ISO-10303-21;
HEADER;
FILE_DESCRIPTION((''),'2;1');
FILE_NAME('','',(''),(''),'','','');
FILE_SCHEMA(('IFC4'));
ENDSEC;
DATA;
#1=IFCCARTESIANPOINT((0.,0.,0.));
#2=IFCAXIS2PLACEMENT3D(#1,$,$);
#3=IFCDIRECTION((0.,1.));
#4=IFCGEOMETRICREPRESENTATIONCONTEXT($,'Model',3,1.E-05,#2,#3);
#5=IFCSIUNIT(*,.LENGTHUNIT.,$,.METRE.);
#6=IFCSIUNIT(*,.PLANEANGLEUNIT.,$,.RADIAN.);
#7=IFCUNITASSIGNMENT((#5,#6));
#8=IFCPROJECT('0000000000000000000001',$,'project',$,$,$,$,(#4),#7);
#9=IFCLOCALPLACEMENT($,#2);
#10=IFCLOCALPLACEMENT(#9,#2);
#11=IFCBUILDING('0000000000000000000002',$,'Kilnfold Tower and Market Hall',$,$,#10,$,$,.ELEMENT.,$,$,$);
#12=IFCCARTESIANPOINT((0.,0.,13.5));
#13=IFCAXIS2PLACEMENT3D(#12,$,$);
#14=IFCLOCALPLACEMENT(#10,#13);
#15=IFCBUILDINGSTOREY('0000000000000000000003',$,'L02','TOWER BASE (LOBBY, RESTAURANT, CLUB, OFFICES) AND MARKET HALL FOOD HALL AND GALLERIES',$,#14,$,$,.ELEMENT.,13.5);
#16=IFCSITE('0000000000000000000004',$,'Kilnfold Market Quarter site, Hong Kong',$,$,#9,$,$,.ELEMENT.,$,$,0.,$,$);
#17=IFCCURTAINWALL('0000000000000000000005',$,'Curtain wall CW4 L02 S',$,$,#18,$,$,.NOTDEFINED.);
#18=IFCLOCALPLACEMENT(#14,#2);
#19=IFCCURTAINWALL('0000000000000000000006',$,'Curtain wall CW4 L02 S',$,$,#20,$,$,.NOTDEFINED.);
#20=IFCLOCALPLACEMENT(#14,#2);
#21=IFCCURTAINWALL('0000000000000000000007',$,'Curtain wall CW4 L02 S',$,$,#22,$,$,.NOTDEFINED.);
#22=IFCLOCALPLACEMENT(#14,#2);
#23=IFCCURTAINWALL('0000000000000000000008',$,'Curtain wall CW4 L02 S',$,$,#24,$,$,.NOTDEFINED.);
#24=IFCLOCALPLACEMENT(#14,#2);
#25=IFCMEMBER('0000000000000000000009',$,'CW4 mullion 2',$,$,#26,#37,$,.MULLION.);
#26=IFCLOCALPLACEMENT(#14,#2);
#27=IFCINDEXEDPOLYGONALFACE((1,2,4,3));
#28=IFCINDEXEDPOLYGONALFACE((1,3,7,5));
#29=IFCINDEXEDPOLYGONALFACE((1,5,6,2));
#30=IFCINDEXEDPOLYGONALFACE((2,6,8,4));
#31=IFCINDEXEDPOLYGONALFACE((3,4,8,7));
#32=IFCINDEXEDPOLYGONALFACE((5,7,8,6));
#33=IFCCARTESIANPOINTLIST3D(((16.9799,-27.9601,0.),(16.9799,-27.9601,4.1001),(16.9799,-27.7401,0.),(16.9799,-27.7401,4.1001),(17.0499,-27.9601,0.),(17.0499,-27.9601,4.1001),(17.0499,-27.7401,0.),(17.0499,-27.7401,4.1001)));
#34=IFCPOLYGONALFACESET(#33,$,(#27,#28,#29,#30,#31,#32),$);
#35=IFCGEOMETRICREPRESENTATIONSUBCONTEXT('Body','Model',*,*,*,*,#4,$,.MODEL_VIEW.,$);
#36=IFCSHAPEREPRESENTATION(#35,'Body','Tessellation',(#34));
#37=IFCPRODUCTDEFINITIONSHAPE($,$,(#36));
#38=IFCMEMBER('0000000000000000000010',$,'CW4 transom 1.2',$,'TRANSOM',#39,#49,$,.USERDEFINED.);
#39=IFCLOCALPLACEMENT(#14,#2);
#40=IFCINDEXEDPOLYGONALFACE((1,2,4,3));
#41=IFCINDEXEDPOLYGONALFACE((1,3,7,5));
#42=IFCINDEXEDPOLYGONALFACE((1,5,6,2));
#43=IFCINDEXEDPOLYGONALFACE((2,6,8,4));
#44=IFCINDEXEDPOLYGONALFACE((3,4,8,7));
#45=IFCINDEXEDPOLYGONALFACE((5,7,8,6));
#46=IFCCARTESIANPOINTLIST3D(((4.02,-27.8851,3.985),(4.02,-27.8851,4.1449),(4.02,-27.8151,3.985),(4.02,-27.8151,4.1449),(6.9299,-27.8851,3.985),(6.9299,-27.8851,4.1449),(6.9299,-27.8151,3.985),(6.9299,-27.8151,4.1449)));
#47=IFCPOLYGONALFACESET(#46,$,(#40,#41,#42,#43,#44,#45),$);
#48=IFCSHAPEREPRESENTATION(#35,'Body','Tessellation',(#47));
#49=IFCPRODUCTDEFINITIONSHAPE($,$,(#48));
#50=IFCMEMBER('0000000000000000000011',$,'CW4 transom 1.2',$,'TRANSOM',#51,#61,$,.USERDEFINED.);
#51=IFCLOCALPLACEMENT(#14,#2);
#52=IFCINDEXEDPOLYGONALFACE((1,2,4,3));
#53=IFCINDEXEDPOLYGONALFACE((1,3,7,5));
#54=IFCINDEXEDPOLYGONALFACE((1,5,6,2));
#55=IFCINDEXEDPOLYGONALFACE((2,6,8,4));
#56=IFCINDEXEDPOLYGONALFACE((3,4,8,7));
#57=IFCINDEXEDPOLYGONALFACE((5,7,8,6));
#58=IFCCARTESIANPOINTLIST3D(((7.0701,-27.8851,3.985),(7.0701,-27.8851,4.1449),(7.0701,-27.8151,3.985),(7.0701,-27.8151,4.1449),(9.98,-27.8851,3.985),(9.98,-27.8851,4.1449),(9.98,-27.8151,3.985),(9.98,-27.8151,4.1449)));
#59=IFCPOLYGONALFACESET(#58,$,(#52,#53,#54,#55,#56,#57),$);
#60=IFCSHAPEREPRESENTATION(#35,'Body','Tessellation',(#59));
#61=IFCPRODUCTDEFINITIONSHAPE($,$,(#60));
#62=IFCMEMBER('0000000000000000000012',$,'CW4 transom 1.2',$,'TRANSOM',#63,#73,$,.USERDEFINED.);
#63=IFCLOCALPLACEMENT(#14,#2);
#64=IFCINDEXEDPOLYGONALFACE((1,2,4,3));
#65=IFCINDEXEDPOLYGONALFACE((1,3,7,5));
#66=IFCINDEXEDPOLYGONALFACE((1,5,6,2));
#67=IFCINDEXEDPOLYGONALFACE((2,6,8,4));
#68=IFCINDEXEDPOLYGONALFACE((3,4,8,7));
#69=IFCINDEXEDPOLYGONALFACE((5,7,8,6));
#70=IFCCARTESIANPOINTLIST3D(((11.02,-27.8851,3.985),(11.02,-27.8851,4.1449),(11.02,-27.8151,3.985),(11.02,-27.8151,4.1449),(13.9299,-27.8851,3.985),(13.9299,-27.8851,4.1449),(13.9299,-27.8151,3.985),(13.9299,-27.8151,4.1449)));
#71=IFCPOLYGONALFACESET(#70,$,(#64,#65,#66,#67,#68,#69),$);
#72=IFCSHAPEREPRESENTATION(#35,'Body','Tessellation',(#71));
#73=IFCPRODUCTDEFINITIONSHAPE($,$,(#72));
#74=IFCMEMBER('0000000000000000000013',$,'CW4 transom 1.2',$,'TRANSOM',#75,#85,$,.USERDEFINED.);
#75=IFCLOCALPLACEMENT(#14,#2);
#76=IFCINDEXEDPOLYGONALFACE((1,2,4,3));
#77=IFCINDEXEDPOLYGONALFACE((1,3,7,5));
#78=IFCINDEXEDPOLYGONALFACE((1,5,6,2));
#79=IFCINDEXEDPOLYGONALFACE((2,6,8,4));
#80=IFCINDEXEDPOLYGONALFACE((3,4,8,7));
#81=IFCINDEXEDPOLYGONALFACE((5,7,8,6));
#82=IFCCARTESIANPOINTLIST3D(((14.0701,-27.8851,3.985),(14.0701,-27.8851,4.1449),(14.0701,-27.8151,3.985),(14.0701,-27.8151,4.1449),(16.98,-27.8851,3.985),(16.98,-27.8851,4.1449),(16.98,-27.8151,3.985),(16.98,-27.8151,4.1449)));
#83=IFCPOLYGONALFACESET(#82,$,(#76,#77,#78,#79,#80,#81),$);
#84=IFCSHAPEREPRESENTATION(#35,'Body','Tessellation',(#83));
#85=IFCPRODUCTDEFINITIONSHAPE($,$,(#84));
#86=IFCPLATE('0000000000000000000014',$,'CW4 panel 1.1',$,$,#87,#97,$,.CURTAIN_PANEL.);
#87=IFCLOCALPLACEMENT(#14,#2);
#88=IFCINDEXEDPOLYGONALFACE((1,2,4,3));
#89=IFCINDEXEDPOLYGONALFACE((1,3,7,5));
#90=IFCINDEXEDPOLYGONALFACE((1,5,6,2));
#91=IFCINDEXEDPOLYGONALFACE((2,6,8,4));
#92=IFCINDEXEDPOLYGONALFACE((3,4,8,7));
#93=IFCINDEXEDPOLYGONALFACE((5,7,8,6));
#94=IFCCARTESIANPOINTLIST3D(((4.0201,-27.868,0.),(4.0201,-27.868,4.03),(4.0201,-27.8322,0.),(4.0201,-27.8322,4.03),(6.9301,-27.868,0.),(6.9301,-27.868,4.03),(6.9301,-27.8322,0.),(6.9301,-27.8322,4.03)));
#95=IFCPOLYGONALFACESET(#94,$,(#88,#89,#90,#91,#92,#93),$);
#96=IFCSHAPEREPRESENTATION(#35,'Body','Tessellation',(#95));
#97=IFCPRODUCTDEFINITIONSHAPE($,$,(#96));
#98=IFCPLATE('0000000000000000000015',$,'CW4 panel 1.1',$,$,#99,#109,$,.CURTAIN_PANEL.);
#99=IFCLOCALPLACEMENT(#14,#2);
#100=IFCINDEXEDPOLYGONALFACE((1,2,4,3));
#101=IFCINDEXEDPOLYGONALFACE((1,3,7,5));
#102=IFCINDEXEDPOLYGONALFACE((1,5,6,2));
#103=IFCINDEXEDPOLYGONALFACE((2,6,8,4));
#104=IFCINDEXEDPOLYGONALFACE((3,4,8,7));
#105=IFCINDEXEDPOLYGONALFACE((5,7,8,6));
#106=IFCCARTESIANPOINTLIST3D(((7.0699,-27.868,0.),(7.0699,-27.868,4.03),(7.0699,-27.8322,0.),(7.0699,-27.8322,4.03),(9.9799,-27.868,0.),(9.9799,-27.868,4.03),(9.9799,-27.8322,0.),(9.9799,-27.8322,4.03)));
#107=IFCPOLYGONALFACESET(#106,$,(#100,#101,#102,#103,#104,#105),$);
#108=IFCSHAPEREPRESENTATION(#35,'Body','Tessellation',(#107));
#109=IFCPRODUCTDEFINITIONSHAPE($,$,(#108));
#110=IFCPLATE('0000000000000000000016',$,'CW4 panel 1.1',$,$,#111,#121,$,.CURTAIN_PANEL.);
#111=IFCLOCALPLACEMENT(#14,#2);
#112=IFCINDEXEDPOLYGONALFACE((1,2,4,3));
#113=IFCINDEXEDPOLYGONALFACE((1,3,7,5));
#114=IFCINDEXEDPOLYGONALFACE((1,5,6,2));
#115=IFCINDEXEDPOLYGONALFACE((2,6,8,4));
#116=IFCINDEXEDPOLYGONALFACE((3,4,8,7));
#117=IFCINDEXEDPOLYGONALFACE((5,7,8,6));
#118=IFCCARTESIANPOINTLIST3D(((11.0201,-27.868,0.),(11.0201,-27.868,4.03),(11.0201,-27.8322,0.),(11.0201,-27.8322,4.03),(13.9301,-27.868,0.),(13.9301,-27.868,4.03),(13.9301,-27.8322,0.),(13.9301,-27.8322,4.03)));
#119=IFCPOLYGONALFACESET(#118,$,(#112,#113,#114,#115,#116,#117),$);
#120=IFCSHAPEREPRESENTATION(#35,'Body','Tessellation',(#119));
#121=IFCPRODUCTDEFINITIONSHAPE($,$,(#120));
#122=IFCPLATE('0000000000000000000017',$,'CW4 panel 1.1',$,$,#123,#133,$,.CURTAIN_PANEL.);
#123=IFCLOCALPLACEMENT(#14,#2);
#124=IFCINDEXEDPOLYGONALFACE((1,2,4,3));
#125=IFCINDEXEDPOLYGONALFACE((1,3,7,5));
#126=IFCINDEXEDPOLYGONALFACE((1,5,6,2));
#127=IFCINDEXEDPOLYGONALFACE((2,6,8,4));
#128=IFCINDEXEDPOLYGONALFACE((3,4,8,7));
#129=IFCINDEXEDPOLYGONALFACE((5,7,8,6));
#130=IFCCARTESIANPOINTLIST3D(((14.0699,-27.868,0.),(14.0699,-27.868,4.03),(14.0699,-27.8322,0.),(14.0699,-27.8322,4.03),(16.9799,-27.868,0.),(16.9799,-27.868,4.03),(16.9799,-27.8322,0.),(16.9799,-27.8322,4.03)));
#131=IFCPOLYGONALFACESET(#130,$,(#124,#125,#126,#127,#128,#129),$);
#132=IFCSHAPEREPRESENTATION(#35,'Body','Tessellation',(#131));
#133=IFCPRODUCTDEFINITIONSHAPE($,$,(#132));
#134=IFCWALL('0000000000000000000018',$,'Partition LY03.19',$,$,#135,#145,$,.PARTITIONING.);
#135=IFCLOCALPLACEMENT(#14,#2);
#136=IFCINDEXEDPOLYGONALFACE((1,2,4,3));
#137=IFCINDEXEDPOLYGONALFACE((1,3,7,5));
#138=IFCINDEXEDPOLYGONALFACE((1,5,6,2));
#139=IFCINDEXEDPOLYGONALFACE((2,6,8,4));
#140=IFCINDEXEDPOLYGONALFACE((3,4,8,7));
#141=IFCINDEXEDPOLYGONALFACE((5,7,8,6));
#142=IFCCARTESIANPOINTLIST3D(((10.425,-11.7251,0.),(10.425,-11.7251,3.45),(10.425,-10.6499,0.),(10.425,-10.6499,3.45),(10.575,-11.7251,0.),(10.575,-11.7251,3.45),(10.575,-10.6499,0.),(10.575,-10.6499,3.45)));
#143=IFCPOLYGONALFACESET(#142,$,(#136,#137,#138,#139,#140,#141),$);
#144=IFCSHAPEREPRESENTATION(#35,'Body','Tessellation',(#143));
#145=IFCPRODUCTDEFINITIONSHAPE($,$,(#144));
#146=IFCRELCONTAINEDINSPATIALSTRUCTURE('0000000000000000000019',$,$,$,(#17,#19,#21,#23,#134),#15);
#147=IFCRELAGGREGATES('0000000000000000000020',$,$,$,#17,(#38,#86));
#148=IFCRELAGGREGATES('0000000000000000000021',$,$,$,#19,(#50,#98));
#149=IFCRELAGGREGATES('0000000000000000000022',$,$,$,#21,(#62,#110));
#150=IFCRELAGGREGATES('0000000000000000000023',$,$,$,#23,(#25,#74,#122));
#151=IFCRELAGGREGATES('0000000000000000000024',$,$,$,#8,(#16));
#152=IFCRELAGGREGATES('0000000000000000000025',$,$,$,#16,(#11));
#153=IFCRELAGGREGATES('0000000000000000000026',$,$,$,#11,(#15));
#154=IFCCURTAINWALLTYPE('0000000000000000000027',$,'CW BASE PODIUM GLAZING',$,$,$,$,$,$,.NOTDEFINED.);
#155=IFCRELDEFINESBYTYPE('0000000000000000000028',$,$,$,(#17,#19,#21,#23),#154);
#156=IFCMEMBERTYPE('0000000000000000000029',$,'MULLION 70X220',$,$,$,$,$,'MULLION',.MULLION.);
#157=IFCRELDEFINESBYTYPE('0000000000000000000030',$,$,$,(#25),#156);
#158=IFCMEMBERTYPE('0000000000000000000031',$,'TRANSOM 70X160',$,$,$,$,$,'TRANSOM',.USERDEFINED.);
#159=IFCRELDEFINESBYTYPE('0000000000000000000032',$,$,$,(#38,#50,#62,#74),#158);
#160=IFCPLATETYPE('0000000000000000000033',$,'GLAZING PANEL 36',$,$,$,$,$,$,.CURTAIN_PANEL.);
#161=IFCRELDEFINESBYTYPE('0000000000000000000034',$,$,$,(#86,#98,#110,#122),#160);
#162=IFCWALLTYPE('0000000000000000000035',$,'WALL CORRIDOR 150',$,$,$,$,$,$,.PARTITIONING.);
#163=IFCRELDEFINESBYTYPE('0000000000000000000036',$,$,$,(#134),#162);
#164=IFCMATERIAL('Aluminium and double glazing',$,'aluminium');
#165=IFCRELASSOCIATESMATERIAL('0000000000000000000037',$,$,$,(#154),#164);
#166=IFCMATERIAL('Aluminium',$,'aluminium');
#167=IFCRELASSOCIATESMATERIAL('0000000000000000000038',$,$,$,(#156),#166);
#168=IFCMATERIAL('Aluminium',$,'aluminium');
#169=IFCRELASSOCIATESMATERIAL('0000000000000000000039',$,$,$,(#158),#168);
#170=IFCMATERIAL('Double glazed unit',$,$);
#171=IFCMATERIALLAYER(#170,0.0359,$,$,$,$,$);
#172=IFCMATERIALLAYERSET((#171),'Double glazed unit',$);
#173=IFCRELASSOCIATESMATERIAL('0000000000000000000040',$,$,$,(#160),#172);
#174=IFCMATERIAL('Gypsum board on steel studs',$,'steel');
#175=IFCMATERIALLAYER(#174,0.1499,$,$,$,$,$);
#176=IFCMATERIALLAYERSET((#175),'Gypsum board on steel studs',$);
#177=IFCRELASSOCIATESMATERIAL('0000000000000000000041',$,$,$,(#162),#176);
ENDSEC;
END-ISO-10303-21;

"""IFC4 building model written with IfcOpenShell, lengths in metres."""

from ifc_helpers import new_model, si_unit, direction, frame, frame_2d, origin, origin_2d, place, context, subcontext, project, spatial, rectangle, extrude, source, transform, mapped, material, layer, layer_set, material_profile, profile_set, type_object, element, aggregate, save


model = new_model("IFC4")

# Units and contexts
model_context = context("Model", 3, precision=1e-05, world=origin(), true_north=direction((0.0, 1.0)))
body_context = subcontext(model_context, "Body", "Model", "MODEL_VIEW")
ifc_project = project(units=[si_unit("LENGTHUNIT", "METRE"), si_unit("PLANEANGLEUNIT", "RADIAN")], contexts=[model_context])

# Site, building, storey
site_placement = place(None, origin())
site = spatial("IfcSite", under=ifc_project, at=site_placement, Name="Kilnfold Market Quarter site, Hong Kong", CompositionType="ELEMENT", RefElevation=0.0)
building_placement = place(site_placement, origin())
building = spatial("IfcBuilding", under=site, at=building_placement, Name="Kilnfold Tower and Market Hall", CompositionType="ELEMENT")
storey_placement = place(building_placement, frame((0.0, 0.0, 13.5)))
storey = spatial("IfcBuildingStorey", under=building, at=storey_placement, Name="L02", Description="TOWER BASE (LOBBY, RESTAURANT, CLUB, OFFICES) AND MARKET HALL FOOD HALL AND GALLERIES", CompositionType="ELEMENT", Elevation=13.5)

# Curtain wall
ifc_material_1 = material(Name="Aluminium and double glazing", Category="aluminium")
curtain_wall_type = type_object("IfcCurtainWallType", Name="CW BASE PODIUM GLAZING", PredefinedType="NOTDEFINED", material=ifc_material_1)
curtain_wall_1_placement = place(storey_placement, origin())
curtain_wall_1 = element("IfcCurtainWall", 1, at=curtain_wall_1_placement, inside=storey, type_object=curtain_wall_type, Name="Curtain wall CW4 L02 S", PredefinedType="NOTDEFINED")
ifc_material_2 = material(Name="Aluminium", Category="aluminium")
ifc_material_profile_1 = material_profile(ifc_material_2, rectangle(XDim=0.0701, YDim=0.22, at=origin_2d()), Name="MULLION 70x220")
ifc_profile_set_1 = profile_set([ifc_material_profile_1], Name="Aluminium")
member_type_1 = type_object("IfcMemberType", Name="MULLION 70X220", ElementType="MULLION", PredefinedType="MULLION", material=ifc_profile_set_1)
shared_shape_1 = source(origin(), body_context, "Body", "SweptSolid", [
    extrude(rectangle(XDim=0.0701, YDim=0.22, at=origin_2d()), origin(), (0.0, 0.0, 1.0), 4.1001),
])

# Curtain walls, member
curtain_wall_2_placement = place(storey_placement, origin())
curtain_wall_2 = element("IfcCurtainWall", 2, at=curtain_wall_2_placement, inside=storey, type_object=curtain_wall_type, Name="Curtain wall CW4 L02 S", PredefinedType="NOTDEFINED")
curtain_wall_3_placement = place(storey_placement, origin())
curtain_wall_3 = element("IfcCurtainWall", 3, at=curtain_wall_3_placement, inside=storey, type_object=curtain_wall_type, Name="Curtain wall CW4 L02 S", PredefinedType="NOTDEFINED")
curtain_wall_4_placement = place(storey_placement, origin())
curtain_wall_4 = element("IfcCurtainWall", 4, at=curtain_wall_4_placement, inside=storey, type_object=curtain_wall_type, Name="Curtain wall CW4 L02 S", PredefinedType="NOTDEFINED")
member_1_placement = place(storey_placement, frame((17.0149, -27.8501, 0.0), z_axis=(0.0, 0.0, 1.0), x_axis=(1.0, 0.0, 0.0)))
member_1 = element("IfcMember", 5, at=member_1_placement, type_object=member_type_1, Name="CW4 mullion 2", PredefinedType="MULLION", context=body_context, shape_type="MappedRepresentation", body=[
    mapped(shared_shape_1, transform((0.0, 0.0, 0.0))),
])

# Members
ifc_material_3 = material(Name="Aluminium", Category="aluminium")
ifc_material_profile_2 = material_profile(ifc_material_3, rectangle(XDim=0.0701, YDim=0.1599, at=origin_2d()), Name="TRANSOM 70x160")
ifc_profile_set_2 = profile_set([ifc_material_profile_2], Name="Aluminium")
member_type_2 = type_object("IfcMemberType", Name="TRANSOM 70X160", ElementType="TRANSOM", PredefinedType="USERDEFINED", material=ifc_profile_set_2)
shared_shape_2 = source(origin(), body_context, "Body", "SweptSolid", [
    extrude(rectangle(XDim=0.0701, YDim=0.1599, at=origin_2d()), origin(), (0.0, 0.0, 1.0), 2.9099),
])
member_2_placement = place(storey_placement, frame((4.02, -27.8501, 4.0649), z_axis=(1.0, 0.0, 0.0), x_axis=(0.0, 1.0, 0.0)))
member_2 = element("IfcMember", 6, at=member_2_placement, type_object=member_type_2, Name="CW4 transom 1.2", ObjectType="TRANSOM", PredefinedType="USERDEFINED", context=body_context, shape_type="MappedRepresentation", body=[
    mapped(shared_shape_2, transform((0.0, 0.0, 0.0))),
])
member_3_placement = place(storey_placement, frame((7.0701, -27.8501, 4.0649), z_axis=(1.0, 0.0, 0.0), x_axis=(0.0, 1.0, 0.0)))
member_3 = element("IfcMember", 7, at=member_3_placement, type_object=member_type_2, Name="CW4 transom 1.2", ObjectType="TRANSOM", PredefinedType="USERDEFINED", context=body_context, shape_type="MappedRepresentation", body=[
    mapped(shared_shape_2, transform((0.0, 0.0, 0.0))),
])
member_4_placement = place(storey_placement, frame((11.02, -27.8501, 4.0649), z_axis=(1.0, 0.0, 0.0), x_axis=(0.0, 1.0, 0.0)))
member_4 = element("IfcMember", 8, at=member_4_placement, type_object=member_type_2, Name="CW4 transom 1.2", ObjectType="TRANSOM", PredefinedType="USERDEFINED", context=body_context, shape_type="MappedRepresentation", body=[
    mapped(shared_shape_2, transform((0.0, 0.0, 0.0))),
])
member_5_placement = place(storey_placement, frame((14.0701, -27.8501, 4.0649), z_axis=(1.0, 0.0, 0.0), x_axis=(0.0, 1.0, 0.0)))
member_5 = element("IfcMember", 9, at=member_5_placement, type_object=member_type_2, Name="CW4 transom 1.2", ObjectType="TRANSOM", PredefinedType="USERDEFINED", context=body_context, shape_type="MappedRepresentation", body=[
    mapped(shared_shape_2, transform((0.0, 0.0, 0.0))),
])

# Plates
ifc_material_4 = material(Name="Double glazed unit")
ifc_layer_1 = layer(ifc_material_4, 0.0359)
ifc_layer_set_1 = layer_set([ifc_layer_1], Name="Double glazed unit")
plate_type = type_object("IfcPlateType", Name="GLAZING PANEL 36", PredefinedType="CURTAIN_PANEL", material=ifc_layer_set_1)
shared_shape_3 = source(origin(), body_context, "Body", "SweptSolid", [
    extrude(rectangle(XDim=2.9099, YDim=0.0359, at=origin_2d()), origin(), (0.0, 0.0, 1.0), 4.03),
])
plate_1_placement = place(storey_placement, frame((5.4751, -27.8501, 0.0), z_axis=(0.0, 0.0, 1.0), x_axis=(1.0, 0.0, 0.0)))
plate_1 = element("IfcPlate", 10, at=plate_1_placement, type_object=plate_type, Name="CW4 panel 1.1", PredefinedType="CURTAIN_PANEL", context=body_context, shape_type="MappedRepresentation", body=[
    mapped(shared_shape_3, transform((0.0, 0.0, 0.0))),
])
aggregate(curtain_wall_1, [member_2, plate_1])
plate_2_placement = place(storey_placement, frame((8.5249, -27.8501, 0.0), z_axis=(0.0, 0.0, 1.0), x_axis=(1.0, 0.0, 0.0)))
plate_2 = element("IfcPlate", 11, at=plate_2_placement, type_object=plate_type, Name="CW4 panel 1.1", PredefinedType="CURTAIN_PANEL", context=body_context, shape_type="MappedRepresentation", body=[
    mapped(shared_shape_3, transform((0.0, 0.0, 0.0))),
])
aggregate(curtain_wall_2, [member_3, plate_2])
plate_3_placement = place(storey_placement, frame((12.4751, -27.8501, 0.0), z_axis=(0.0, 0.0, 1.0), x_axis=(1.0, 0.0, 0.0)))
plate_3 = element("IfcPlate", 12, at=plate_3_placement, type_object=plate_type, Name="CW4 panel 1.1", PredefinedType="CURTAIN_PANEL", context=body_context, shape_type="MappedRepresentation", body=[
    mapped(shared_shape_3, transform((0.0, 0.0, 0.0))),
])
aggregate(curtain_wall_3, [member_4, plate_3])
plate_4_placement = place(storey_placement, frame((15.5249, -27.8501, 0.0), z_axis=(0.0, 0.0, 1.0), x_axis=(1.0, 0.0, 0.0)))
plate_4 = element("IfcPlate", 13, at=plate_4_placement, type_object=plate_type, Name="CW4 panel 1.1", PredefinedType="CURTAIN_PANEL", context=body_context, shape_type="MappedRepresentation", body=[
    mapped(shared_shape_3, transform((0.0, 0.0, 0.0))),
])
aggregate(curtain_wall_4, [member_1, member_5, plate_4])

# Wall
ifc_material_5 = material(Name="Gypsum board on steel studs", Category="steel")
ifc_layer_2 = layer(ifc_material_5, 0.1499)
ifc_layer_set_2 = layer_set([ifc_layer_2], Name="Gypsum board on steel studs")
wall_type = type_object("IfcWallType", Name="WALL CORRIDOR 150", PredefinedType="PARTITIONING", material=ifc_layer_set_2)
wall_placement = place(storey_placement, frame((10.5, -11.7251, 0.0), z_axis=(0.0, 0.0, 1.0), x_axis=(0.0, 1.0, 0.0)))
element("IfcWall", 14, at=wall_placement, inside=storey, type_object=wall_type, Name="Partition LY03.19", PredefinedType="PARTITIONING", context=body_context, shape_type="SweptSolid", body=[
    extrude(rectangle(XDim=1.0752, YDim=0.1499, at=frame_2d((0.5376, 0.0))), origin(), (0.0, 0.0, 1.0), 3.45),
])

save(model, "model.ifc")
